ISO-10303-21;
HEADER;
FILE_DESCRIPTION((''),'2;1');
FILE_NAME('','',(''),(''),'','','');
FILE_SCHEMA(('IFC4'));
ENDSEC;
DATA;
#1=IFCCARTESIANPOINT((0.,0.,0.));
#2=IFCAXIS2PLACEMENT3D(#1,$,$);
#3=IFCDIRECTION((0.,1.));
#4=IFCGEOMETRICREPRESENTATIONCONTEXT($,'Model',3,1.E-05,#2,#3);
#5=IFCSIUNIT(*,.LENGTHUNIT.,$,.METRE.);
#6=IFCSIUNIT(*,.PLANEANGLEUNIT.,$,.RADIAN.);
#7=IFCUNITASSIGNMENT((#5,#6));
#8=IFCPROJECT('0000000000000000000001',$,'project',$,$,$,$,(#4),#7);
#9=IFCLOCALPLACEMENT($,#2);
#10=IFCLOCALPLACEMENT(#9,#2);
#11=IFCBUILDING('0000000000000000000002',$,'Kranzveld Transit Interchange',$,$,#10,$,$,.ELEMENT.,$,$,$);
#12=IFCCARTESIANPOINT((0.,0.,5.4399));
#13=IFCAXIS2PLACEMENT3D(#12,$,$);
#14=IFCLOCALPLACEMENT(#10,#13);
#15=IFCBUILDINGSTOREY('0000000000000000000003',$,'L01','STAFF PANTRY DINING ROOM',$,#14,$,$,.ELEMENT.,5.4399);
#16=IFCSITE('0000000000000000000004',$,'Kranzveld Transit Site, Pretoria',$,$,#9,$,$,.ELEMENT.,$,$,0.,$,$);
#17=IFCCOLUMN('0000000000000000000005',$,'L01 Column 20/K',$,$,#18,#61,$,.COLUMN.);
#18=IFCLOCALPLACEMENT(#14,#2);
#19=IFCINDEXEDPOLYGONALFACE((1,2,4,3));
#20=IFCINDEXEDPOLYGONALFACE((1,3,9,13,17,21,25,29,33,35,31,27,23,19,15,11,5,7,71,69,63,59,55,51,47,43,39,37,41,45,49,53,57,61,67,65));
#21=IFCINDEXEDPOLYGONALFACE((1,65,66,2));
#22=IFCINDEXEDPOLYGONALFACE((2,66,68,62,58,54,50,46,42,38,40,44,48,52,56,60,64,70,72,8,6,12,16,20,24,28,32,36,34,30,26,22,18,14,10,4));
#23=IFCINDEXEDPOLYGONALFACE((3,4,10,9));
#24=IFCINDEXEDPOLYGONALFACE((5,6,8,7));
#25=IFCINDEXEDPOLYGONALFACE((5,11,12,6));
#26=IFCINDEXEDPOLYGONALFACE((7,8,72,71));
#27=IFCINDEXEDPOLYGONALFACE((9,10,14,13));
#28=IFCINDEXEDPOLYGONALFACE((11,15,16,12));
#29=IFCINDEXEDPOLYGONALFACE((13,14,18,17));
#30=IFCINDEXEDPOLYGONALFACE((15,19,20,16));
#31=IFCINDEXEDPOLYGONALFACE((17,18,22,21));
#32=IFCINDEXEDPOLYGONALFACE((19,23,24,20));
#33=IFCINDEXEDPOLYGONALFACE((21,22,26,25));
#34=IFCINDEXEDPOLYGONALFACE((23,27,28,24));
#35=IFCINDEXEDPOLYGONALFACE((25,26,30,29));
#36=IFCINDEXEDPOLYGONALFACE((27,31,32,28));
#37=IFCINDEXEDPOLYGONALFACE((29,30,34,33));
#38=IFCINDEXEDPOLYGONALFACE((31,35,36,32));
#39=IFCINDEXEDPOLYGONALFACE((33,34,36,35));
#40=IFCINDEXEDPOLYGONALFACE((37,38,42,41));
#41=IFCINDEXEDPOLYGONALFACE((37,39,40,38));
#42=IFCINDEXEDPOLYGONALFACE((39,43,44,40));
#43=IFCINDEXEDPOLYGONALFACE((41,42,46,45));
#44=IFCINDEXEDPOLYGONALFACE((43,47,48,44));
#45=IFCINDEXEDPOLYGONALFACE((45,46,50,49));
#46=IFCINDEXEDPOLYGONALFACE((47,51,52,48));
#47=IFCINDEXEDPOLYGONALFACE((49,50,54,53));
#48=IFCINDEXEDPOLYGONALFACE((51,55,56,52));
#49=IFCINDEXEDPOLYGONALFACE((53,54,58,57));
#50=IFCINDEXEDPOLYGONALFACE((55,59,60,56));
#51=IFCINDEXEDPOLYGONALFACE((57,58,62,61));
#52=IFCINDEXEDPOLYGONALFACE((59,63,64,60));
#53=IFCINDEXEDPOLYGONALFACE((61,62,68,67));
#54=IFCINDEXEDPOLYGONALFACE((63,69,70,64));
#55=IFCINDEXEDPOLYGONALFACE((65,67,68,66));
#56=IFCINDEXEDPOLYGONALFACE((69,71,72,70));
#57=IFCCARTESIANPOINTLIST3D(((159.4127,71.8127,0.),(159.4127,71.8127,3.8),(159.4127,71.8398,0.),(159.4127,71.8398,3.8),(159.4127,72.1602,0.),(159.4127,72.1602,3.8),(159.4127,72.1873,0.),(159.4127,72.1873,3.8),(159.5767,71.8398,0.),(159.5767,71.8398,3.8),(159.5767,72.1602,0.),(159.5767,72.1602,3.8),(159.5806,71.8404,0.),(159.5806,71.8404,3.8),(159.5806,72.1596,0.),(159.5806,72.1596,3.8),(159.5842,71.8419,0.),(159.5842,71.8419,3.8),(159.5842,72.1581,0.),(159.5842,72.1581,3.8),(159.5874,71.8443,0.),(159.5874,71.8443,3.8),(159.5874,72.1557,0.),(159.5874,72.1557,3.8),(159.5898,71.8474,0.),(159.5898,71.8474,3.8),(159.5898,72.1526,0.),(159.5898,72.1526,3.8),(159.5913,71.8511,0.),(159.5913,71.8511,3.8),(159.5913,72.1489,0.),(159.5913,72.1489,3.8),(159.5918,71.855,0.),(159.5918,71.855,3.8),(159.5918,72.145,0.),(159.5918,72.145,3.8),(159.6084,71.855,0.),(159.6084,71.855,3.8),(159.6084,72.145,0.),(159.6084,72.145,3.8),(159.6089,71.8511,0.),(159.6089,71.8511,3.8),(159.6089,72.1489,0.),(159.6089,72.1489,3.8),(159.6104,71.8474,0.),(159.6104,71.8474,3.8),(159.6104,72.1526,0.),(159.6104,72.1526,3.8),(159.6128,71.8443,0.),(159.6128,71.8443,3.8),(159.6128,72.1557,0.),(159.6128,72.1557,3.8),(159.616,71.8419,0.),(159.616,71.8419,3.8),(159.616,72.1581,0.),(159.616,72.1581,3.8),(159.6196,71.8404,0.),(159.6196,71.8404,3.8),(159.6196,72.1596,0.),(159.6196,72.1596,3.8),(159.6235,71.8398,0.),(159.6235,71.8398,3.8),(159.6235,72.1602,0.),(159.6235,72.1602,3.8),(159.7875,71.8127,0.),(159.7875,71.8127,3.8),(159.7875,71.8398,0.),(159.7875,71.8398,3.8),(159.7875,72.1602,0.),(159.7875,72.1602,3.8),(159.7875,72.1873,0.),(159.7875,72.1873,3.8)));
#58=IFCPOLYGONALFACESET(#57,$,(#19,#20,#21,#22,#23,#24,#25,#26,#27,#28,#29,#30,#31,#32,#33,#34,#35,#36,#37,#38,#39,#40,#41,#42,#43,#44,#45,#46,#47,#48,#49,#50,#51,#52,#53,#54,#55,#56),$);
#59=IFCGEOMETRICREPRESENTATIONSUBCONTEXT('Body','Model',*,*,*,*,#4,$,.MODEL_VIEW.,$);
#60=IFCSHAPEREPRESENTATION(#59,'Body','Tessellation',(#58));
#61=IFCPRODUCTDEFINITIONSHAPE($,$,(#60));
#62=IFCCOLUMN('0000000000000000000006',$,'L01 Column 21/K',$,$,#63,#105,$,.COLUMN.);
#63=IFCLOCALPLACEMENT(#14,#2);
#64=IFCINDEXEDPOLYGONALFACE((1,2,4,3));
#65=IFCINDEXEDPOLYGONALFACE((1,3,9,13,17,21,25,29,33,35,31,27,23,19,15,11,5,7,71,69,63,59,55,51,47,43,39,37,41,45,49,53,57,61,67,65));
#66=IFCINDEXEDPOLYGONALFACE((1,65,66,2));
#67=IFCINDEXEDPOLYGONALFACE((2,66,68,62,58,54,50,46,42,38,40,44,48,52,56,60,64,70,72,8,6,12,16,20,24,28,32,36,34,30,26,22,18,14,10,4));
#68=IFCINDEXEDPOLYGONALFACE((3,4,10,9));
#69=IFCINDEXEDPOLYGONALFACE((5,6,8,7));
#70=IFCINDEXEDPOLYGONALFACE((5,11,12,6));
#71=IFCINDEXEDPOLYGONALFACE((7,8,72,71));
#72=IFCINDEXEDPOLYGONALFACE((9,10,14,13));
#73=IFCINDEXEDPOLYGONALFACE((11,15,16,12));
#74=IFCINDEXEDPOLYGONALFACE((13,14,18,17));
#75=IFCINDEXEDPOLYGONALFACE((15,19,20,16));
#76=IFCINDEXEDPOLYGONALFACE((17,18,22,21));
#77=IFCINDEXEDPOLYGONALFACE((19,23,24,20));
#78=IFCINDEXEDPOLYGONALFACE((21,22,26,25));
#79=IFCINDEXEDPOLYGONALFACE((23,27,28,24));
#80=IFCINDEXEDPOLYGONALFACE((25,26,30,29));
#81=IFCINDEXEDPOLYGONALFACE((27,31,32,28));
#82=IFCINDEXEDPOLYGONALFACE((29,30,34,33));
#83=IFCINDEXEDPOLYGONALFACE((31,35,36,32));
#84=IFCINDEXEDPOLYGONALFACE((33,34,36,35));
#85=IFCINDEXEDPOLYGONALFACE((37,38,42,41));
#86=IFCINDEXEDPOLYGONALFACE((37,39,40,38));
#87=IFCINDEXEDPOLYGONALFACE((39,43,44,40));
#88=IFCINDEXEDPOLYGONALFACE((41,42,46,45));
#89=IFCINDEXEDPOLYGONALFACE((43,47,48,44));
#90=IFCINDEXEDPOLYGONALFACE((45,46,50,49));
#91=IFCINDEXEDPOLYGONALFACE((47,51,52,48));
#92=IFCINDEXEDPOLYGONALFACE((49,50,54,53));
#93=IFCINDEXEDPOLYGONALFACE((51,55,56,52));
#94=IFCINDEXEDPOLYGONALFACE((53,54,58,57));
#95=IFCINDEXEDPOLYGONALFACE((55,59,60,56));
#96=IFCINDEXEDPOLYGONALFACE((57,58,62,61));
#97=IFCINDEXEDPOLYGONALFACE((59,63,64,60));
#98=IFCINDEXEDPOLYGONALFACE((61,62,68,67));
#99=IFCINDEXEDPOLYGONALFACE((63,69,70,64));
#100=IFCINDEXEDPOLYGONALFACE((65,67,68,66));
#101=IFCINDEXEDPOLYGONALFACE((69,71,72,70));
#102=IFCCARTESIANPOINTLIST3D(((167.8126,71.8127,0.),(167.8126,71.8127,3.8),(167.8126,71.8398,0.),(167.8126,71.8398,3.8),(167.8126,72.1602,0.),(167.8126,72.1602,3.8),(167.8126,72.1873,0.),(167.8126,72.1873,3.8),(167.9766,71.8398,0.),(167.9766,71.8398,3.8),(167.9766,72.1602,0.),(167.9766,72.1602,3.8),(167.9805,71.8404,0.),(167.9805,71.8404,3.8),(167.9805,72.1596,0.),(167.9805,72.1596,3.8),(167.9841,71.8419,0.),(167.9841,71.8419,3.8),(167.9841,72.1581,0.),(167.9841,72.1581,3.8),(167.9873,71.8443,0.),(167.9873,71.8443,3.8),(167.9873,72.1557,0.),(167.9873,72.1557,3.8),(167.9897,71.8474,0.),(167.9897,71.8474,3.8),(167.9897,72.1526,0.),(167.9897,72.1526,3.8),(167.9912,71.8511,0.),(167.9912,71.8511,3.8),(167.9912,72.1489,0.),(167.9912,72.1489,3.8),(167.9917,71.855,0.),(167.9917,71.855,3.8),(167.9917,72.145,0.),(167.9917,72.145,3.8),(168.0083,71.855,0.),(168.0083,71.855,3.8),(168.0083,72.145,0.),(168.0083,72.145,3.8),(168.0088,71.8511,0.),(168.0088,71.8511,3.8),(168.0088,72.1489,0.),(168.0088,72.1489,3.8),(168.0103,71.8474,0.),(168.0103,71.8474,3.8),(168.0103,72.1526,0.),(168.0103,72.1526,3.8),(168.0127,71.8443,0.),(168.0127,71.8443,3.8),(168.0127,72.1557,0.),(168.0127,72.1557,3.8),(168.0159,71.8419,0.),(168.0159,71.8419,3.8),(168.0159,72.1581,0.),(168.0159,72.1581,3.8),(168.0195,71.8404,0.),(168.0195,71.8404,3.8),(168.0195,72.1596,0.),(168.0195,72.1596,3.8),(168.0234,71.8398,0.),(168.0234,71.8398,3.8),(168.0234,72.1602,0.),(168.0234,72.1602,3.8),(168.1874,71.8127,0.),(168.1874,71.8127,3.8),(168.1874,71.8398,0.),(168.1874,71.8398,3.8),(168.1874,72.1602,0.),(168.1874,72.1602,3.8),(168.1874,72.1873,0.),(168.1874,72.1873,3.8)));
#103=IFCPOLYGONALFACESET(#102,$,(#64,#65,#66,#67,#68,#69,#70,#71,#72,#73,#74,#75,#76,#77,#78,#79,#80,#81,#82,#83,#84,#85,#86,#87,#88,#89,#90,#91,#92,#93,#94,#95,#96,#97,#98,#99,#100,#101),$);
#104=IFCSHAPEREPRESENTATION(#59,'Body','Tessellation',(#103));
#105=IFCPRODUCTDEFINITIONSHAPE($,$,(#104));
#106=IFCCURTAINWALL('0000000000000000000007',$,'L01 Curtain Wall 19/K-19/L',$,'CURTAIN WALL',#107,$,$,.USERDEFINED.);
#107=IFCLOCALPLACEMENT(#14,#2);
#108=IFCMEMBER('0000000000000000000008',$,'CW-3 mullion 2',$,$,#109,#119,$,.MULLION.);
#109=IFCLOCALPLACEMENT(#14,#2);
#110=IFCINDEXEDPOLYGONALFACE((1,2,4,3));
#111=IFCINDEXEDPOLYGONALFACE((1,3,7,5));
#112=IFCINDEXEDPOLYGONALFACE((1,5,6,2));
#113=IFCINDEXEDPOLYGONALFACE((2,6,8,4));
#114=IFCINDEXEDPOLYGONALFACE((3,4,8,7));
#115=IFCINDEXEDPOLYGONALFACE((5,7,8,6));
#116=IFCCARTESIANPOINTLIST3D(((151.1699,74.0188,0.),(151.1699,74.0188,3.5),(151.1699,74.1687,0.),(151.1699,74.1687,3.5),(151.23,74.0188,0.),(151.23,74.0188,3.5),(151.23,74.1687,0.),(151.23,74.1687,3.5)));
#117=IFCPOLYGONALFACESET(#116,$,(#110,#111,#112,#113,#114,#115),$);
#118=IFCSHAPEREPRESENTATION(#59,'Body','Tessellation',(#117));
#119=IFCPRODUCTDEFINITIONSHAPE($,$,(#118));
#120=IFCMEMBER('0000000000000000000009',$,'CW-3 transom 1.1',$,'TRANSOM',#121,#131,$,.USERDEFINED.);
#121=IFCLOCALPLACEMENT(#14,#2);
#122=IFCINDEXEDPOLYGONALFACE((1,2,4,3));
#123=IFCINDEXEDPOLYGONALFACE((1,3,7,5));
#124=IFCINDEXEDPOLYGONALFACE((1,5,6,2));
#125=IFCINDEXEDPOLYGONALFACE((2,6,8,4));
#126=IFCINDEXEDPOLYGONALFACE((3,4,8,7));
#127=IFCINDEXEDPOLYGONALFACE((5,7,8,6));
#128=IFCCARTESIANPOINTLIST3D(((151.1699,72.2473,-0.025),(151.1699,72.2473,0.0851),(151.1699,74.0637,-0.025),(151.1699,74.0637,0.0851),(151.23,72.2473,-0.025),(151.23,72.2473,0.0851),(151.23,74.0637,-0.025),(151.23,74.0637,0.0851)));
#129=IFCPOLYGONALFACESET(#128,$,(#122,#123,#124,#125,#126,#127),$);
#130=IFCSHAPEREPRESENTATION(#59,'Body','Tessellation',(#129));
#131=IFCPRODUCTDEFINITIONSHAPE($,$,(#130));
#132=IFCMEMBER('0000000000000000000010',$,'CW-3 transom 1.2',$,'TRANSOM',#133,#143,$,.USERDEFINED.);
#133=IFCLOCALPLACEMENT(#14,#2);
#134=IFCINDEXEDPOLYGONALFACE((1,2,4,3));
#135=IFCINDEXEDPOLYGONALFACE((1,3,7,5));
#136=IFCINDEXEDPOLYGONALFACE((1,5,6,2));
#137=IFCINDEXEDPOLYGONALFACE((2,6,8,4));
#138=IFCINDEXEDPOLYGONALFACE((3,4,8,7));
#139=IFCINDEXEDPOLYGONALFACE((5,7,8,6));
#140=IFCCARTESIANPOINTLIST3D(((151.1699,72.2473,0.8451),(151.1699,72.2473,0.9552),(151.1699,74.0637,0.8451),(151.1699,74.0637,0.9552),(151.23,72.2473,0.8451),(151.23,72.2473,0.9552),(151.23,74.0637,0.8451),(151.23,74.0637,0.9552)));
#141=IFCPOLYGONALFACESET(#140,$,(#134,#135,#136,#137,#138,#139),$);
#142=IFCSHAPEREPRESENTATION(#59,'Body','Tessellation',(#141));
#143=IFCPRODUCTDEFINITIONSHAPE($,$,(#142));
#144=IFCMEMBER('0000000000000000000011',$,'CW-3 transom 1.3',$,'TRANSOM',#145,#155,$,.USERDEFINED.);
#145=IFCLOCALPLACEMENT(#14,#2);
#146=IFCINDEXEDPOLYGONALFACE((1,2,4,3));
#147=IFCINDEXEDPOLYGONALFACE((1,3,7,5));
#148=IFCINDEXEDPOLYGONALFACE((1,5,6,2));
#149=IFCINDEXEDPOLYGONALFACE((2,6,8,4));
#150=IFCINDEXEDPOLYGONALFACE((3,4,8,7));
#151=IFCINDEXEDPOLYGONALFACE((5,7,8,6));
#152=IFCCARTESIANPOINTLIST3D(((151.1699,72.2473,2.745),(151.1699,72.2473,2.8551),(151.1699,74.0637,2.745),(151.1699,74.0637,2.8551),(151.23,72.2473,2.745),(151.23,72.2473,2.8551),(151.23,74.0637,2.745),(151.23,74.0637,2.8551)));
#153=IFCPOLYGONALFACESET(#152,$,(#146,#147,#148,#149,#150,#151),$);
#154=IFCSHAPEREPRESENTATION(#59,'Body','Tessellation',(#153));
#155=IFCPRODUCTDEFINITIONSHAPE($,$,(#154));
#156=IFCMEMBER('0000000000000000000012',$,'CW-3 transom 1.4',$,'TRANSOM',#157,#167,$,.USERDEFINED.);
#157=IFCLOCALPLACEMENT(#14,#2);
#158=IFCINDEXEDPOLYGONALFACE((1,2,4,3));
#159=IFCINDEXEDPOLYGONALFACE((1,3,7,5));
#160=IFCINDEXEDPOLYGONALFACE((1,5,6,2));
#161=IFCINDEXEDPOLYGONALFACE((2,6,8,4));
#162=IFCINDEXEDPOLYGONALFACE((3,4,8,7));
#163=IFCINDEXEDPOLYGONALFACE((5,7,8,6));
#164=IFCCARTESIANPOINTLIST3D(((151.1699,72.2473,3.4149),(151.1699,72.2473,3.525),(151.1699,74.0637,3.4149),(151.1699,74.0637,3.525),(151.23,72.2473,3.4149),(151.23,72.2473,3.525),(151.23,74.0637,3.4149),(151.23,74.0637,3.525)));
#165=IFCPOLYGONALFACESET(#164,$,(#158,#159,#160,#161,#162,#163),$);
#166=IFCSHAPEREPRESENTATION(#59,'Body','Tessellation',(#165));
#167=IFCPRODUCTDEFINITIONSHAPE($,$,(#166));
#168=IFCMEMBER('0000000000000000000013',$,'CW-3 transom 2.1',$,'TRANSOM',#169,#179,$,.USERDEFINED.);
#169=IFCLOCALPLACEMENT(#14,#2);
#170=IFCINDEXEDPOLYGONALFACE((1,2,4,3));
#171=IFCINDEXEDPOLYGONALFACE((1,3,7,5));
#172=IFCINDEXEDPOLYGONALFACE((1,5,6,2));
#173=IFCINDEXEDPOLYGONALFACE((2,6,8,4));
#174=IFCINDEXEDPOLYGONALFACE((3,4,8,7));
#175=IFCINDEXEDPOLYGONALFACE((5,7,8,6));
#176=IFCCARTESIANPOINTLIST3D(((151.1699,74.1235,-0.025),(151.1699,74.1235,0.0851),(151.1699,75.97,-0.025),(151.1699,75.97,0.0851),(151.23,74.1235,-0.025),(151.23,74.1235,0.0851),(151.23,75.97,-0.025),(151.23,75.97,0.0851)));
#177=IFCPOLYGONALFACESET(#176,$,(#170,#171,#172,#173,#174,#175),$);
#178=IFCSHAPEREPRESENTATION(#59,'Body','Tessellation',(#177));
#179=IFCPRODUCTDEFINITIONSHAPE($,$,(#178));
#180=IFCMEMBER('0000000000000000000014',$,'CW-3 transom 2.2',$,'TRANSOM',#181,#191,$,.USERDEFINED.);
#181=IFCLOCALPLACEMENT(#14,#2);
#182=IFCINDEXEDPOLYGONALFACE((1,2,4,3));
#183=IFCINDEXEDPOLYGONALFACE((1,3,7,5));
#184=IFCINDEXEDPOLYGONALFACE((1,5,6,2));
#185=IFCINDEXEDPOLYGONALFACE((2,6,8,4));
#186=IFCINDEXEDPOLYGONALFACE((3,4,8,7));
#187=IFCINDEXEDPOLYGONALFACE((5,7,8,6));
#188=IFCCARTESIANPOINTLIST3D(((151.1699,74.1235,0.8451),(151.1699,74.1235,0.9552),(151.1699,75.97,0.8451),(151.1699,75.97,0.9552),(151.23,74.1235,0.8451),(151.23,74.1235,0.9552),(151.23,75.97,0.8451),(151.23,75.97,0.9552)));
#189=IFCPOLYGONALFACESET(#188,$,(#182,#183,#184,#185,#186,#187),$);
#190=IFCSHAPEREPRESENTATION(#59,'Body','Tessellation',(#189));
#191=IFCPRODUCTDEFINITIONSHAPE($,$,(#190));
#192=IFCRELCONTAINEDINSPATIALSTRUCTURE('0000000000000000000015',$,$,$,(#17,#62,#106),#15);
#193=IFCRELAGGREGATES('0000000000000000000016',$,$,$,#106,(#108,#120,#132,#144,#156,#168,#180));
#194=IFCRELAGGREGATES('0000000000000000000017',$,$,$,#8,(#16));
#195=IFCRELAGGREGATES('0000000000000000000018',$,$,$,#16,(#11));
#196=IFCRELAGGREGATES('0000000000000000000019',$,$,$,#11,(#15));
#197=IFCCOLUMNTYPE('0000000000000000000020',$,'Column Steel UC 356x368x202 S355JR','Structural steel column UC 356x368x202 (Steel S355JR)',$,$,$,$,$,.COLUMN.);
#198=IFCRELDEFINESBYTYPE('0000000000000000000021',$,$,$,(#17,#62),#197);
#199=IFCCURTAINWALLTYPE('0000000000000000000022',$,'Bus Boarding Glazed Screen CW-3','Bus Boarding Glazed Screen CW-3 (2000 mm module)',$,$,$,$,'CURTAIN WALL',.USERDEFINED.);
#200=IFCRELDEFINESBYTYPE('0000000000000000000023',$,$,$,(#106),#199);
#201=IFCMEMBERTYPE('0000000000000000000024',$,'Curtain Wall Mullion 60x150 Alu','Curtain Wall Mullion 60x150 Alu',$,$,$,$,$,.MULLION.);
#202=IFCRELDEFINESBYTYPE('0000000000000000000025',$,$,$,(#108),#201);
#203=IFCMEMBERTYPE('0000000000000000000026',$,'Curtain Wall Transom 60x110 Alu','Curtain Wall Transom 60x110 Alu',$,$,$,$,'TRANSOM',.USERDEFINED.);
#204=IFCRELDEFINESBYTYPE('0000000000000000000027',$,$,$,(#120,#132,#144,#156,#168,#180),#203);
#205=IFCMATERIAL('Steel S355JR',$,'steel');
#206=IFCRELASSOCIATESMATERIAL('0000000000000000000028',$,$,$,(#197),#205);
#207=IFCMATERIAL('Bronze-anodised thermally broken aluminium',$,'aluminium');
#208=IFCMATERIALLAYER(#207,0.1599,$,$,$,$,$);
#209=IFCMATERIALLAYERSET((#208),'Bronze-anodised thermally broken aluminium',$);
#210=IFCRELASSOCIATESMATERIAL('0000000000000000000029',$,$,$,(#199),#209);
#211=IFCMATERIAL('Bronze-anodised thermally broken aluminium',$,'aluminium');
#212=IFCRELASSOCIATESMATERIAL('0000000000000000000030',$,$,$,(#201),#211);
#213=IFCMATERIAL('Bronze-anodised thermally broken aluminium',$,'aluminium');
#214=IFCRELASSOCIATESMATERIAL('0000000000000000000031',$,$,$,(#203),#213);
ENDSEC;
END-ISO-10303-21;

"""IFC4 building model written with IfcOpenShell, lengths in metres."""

from ifc_helpers import new_model, si_unit, direction, frame, origin, origin_2d, place, context, subcontext, project, spatial, rectangle, i_section, extrude, material, layer, layer_set, material_profile, profile_set, type_object, element, aggregate, save


model = new_model("IFC4")

# Units and contexts
model_context = context("Model", 3, precision=1e-05, world=origin(), true_north=direction((0.0, 1.0)))
body_context = subcontext(model_context, "Body", "Model", "MODEL_VIEW")
ifc_project = project(units=[si_unit("LENGTHUNIT", "METRE"), si_unit("PLANEANGLEUNIT", "RADIAN")], contexts=[model_context])

# Site, building, storey
site_placement = place(None, origin())
site = spatial("IfcSite", under=ifc_project, at=site_placement, Name="Kranzveld Transit Site, Pretoria", CompositionType="ELEMENT", RefElevation=0.0)
building_placement = place(site_placement, origin())
building = spatial("IfcBuilding", under=site, at=building_placement, Name="Kranzveld Transit Interchange", CompositionType="ELEMENT")
storey_placement = place(building_placement, frame((0.0, 0.0, 5.4399)))
storey = spatial("IfcBuildingStorey", under=building, at=storey_placement, Name="L01", Description="STAFF PANTRY DINING ROOM", CompositionType="ELEMENT", Elevation=5.4399)

# Columns
ifc_material_1 = material(Name="Steel S355JR", Category="steel")
ifc_material_profile_1 = material_profile(ifc_material_1, i_section(OverallWidth=0.3748, OverallDepth=0.3745, WebThickness=0.0166, FlangeThickness=0.0271, FilletRadius=0.0151, at=origin_2d()), Name="UC 356x368x202")
ifc_profile_set_1 = profile_set([ifc_material_profile_1], Name="Steel S355JR")
column_type = type_object("IfcColumnType", Name="Column Steel UC 356x368x202 S355JR", Description="Structural steel column UC 356x368x202 (Steel S355JR)", PredefinedType="COLUMN", material=ifc_profile_set_1)
for number, where, z_axis, x_axis, name in (
    (1, (159.6001, 72.0, 0.0), (0.0, 0.0, 1.0), (1.0, 0.0, 0.0), "L01 Column 20/K"),
    (2, (168.0, 72.0, 0.0), (0.0, 0.0, 1.0), (1.0, 0.0, 0.0), "L01 Column 21/K"),
):
    element("IfcColumn", number, at=place(storey_placement, frame(where, z_axis=z_axis, x_axis=x_axis)), inside=storey, type_object=column_type, Name=name, PredefinedType="COLUMN", context=body_context, shape_type="SweptSolid", body=[
        extrude(i_section(OverallWidth=0.3748, OverallDepth=0.3745, WebThickness=0.0166, FlangeThickness=0.0271, FilletRadius=0.0151, at=origin_2d()), origin(), (0.0, 0.0, 1.0), 3.8),
    ])

# Curtain wall, members
ifc_material_2 = material(Name="Bronze-anodised thermally broken aluminium", Category="aluminium")
ifc_layer_1 = layer(ifc_material_2, 0.1599)
ifc_layer_set_1 = layer_set([ifc_layer_1], Name="Bronze-anodised thermally broken aluminium")
curtain_wall_type = type_object("IfcCurtainWallType", Name="Bus Boarding Glazed Screen CW-3", Description="Bus Boarding Glazed Screen CW-3 (2000 mm module)", ElementType="CURTAIN WALL", PredefinedType="USERDEFINED", material=ifc_layer_set_1)
curtain_wall_placement = place(storey_placement, origin())
curtain_wall = element("IfcCurtainWall", 3, at=curtain_wall_placement, inside=storey, type_object=curtain_wall_type, Name="L01 Curtain Wall 19/K-19/L", ObjectType="CURTAIN WALL", PredefinedType="USERDEFINED")
ifc_material_3 = material(Name="Bronze-anodised thermally broken aluminium", Category="aluminium")
ifc_material_profile_2 = material_profile(ifc_material_3, rectangle(XDim=0.0601, YDim=0.1499, at=origin_2d()), Name="ALU MULLION 60x150")
ifc_profile_set_2 = profile_set([ifc_material_profile_2], Name="Bronze-anodised thermally broken aluminium")
member_type_1 = type_object("IfcMemberType", Name="Curtain Wall Mullion 60x150 Alu", Description="Curtain Wall Mullion 60x150 Alu", PredefinedType="MULLION", material=ifc_profile_set_2)
member_1_placement = place(storey_placement, frame((151.2, 74.0938, 0.0), z_axis=(0.0, 0.0, 1.0), x_axis=(-1.0, 0.0, 0.0)))
member_1 = element("IfcMember", 4, at=member_1_placement, type_object=member_type_1, Name="CW-3 mullion 2", PredefinedType="MULLION", context=body_context, shape_type="SweptSolid", body=[
    extrude(rectangle(XDim=0.0601, YDim=0.1499, at=origin_2d()), origin(), (0.0, 0.0, 1.0), 3.5),
])
ifc_material_4 = material(Name="Bronze-anodised thermally broken aluminium", Category="aluminium")
ifc_material_profile_3 = material_profile(ifc_material_4, rectangle(XDim=0.0601, YDim=0.1101, at=origin_2d()), Name="ALU TRANSOM 60x110")
ifc_profile_set_3 = profile_set([ifc_material_profile_3], Name="Bronze-anodised thermally broken aluminium")
member_type_2 = type_object("IfcMemberType", Name="Curtain Wall Transom 60x110 Alu", Description="Curtain Wall Transom 60x110 Alu", ElementType="TRANSOM", PredefinedType="USERDEFINED", material=ifc_profile_set_3)
member_2_placement = place(storey_placement, frame((151.2, 72.2473, 0.03), z_axis=(0.0, 1.0, 0.0), x_axis=(-1.0, 0.0, 0.0)))
member_2 = element("IfcMember", 5, at=member_2_placement, type_object=member_type_2, Name="CW-3 transom 1.1", ObjectType="TRANSOM", PredefinedType="USERDEFINED", context=body_context, shape_type="SweptSolid", body=[
    extrude(rectangle(XDim=0.0601, YDim=0.1101, at=origin_2d()), origin(), (0.0, 0.0, 1.0), 1.8164),
])
member_3_placement = place(storey_placement, frame((151.2, 72.2473, 0.9001), z_axis=(0.0, 1.0, 0.0), x_axis=(-1.0, 0.0, 0.0)))
member_3 = element("IfcMember", 6, at=member_3_placement, type_object=member_type_2, Name="CW-3 transom 1.2", ObjectType="TRANSOM", PredefinedType="USERDEFINED", context=body_context, shape_type="SweptSolid", body=[
    extrude(rectangle(XDim=0.0601, YDim=0.1101, at=origin_2d()), origin(), (0.0, 0.0, 1.0), 1.8164),
])
member_4_placement = place(storey_placement, frame((151.2, 72.2473, 2.8), z_axis=(0.0, 1.0, 0.0), x_axis=(-1.0, 0.0, 0.0)))
member_4 = element("IfcMember", 7, at=member_4_placement, type_object=member_type_2, Name="CW-3 transom 1.3", ObjectType="TRANSOM", PredefinedType="USERDEFINED", context=body_context, shape_type="SweptSolid", body=[
    extrude(rectangle(XDim=0.0601, YDim=0.1101, at=origin_2d()), origin(), (0.0, 0.0, 1.0), 1.8164),
])
member_5_placement = place(storey_placement, frame((151.2, 72.2473, 3.47), z_axis=(0.0, 1.0, 0.0), x_axis=(-1.0, 0.0, 0.0)))
member_5 = element("IfcMember", 8, at=member_5_placement, type_object=member_type_2, Name="CW-3 transom 1.4", ObjectType="TRANSOM", PredefinedType="USERDEFINED", context=body_context, shape_type="SweptSolid", body=[
    extrude(rectangle(XDim=0.0601, YDim=0.1101, at=origin_2d()), origin(), (0.0, 0.0, 1.0), 1.8164),
])
member_6_placement = place(storey_placement, frame((151.2, 74.1235, 0.03), z_axis=(0.0, 1.0, 0.0), x_axis=(-1.0, 0.0, 0.0)))
member_6 = element("IfcMember", 9, at=member_6_placement, type_object=member_type_2, Name="CW-3 transom 2.1", ObjectType="TRANSOM", PredefinedType="USERDEFINED", context=body_context, shape_type="SweptSolid", body=[
    extrude(rectangle(XDim=0.0601, YDim=0.1101, at=origin_2d()), origin(), (0.0, 0.0, 1.0), 1.8464),
])
member_7_placement = place(storey_placement, frame((151.2, 74.1235, 0.9001), z_axis=(0.0, 1.0, 0.0), x_axis=(-1.0, 0.0, 0.0)))
member_7 = element("IfcMember", 10, at=member_7_placement, type_object=member_type_2, Name="CW-3 transom 2.2", ObjectType="TRANSOM", PredefinedType="USERDEFINED", context=body_context, shape_type="SweptSolid", body=[
    extrude(rectangle(XDim=0.0601, YDim=0.1101, at=origin_2d()), origin(), (0.0, 0.0, 1.0), 1.8464),
])

aggregate(curtain_wall, [member_1, member_2, member_3, member_4, member_5, member_6, member_7])

save(model, "model.ifc")
